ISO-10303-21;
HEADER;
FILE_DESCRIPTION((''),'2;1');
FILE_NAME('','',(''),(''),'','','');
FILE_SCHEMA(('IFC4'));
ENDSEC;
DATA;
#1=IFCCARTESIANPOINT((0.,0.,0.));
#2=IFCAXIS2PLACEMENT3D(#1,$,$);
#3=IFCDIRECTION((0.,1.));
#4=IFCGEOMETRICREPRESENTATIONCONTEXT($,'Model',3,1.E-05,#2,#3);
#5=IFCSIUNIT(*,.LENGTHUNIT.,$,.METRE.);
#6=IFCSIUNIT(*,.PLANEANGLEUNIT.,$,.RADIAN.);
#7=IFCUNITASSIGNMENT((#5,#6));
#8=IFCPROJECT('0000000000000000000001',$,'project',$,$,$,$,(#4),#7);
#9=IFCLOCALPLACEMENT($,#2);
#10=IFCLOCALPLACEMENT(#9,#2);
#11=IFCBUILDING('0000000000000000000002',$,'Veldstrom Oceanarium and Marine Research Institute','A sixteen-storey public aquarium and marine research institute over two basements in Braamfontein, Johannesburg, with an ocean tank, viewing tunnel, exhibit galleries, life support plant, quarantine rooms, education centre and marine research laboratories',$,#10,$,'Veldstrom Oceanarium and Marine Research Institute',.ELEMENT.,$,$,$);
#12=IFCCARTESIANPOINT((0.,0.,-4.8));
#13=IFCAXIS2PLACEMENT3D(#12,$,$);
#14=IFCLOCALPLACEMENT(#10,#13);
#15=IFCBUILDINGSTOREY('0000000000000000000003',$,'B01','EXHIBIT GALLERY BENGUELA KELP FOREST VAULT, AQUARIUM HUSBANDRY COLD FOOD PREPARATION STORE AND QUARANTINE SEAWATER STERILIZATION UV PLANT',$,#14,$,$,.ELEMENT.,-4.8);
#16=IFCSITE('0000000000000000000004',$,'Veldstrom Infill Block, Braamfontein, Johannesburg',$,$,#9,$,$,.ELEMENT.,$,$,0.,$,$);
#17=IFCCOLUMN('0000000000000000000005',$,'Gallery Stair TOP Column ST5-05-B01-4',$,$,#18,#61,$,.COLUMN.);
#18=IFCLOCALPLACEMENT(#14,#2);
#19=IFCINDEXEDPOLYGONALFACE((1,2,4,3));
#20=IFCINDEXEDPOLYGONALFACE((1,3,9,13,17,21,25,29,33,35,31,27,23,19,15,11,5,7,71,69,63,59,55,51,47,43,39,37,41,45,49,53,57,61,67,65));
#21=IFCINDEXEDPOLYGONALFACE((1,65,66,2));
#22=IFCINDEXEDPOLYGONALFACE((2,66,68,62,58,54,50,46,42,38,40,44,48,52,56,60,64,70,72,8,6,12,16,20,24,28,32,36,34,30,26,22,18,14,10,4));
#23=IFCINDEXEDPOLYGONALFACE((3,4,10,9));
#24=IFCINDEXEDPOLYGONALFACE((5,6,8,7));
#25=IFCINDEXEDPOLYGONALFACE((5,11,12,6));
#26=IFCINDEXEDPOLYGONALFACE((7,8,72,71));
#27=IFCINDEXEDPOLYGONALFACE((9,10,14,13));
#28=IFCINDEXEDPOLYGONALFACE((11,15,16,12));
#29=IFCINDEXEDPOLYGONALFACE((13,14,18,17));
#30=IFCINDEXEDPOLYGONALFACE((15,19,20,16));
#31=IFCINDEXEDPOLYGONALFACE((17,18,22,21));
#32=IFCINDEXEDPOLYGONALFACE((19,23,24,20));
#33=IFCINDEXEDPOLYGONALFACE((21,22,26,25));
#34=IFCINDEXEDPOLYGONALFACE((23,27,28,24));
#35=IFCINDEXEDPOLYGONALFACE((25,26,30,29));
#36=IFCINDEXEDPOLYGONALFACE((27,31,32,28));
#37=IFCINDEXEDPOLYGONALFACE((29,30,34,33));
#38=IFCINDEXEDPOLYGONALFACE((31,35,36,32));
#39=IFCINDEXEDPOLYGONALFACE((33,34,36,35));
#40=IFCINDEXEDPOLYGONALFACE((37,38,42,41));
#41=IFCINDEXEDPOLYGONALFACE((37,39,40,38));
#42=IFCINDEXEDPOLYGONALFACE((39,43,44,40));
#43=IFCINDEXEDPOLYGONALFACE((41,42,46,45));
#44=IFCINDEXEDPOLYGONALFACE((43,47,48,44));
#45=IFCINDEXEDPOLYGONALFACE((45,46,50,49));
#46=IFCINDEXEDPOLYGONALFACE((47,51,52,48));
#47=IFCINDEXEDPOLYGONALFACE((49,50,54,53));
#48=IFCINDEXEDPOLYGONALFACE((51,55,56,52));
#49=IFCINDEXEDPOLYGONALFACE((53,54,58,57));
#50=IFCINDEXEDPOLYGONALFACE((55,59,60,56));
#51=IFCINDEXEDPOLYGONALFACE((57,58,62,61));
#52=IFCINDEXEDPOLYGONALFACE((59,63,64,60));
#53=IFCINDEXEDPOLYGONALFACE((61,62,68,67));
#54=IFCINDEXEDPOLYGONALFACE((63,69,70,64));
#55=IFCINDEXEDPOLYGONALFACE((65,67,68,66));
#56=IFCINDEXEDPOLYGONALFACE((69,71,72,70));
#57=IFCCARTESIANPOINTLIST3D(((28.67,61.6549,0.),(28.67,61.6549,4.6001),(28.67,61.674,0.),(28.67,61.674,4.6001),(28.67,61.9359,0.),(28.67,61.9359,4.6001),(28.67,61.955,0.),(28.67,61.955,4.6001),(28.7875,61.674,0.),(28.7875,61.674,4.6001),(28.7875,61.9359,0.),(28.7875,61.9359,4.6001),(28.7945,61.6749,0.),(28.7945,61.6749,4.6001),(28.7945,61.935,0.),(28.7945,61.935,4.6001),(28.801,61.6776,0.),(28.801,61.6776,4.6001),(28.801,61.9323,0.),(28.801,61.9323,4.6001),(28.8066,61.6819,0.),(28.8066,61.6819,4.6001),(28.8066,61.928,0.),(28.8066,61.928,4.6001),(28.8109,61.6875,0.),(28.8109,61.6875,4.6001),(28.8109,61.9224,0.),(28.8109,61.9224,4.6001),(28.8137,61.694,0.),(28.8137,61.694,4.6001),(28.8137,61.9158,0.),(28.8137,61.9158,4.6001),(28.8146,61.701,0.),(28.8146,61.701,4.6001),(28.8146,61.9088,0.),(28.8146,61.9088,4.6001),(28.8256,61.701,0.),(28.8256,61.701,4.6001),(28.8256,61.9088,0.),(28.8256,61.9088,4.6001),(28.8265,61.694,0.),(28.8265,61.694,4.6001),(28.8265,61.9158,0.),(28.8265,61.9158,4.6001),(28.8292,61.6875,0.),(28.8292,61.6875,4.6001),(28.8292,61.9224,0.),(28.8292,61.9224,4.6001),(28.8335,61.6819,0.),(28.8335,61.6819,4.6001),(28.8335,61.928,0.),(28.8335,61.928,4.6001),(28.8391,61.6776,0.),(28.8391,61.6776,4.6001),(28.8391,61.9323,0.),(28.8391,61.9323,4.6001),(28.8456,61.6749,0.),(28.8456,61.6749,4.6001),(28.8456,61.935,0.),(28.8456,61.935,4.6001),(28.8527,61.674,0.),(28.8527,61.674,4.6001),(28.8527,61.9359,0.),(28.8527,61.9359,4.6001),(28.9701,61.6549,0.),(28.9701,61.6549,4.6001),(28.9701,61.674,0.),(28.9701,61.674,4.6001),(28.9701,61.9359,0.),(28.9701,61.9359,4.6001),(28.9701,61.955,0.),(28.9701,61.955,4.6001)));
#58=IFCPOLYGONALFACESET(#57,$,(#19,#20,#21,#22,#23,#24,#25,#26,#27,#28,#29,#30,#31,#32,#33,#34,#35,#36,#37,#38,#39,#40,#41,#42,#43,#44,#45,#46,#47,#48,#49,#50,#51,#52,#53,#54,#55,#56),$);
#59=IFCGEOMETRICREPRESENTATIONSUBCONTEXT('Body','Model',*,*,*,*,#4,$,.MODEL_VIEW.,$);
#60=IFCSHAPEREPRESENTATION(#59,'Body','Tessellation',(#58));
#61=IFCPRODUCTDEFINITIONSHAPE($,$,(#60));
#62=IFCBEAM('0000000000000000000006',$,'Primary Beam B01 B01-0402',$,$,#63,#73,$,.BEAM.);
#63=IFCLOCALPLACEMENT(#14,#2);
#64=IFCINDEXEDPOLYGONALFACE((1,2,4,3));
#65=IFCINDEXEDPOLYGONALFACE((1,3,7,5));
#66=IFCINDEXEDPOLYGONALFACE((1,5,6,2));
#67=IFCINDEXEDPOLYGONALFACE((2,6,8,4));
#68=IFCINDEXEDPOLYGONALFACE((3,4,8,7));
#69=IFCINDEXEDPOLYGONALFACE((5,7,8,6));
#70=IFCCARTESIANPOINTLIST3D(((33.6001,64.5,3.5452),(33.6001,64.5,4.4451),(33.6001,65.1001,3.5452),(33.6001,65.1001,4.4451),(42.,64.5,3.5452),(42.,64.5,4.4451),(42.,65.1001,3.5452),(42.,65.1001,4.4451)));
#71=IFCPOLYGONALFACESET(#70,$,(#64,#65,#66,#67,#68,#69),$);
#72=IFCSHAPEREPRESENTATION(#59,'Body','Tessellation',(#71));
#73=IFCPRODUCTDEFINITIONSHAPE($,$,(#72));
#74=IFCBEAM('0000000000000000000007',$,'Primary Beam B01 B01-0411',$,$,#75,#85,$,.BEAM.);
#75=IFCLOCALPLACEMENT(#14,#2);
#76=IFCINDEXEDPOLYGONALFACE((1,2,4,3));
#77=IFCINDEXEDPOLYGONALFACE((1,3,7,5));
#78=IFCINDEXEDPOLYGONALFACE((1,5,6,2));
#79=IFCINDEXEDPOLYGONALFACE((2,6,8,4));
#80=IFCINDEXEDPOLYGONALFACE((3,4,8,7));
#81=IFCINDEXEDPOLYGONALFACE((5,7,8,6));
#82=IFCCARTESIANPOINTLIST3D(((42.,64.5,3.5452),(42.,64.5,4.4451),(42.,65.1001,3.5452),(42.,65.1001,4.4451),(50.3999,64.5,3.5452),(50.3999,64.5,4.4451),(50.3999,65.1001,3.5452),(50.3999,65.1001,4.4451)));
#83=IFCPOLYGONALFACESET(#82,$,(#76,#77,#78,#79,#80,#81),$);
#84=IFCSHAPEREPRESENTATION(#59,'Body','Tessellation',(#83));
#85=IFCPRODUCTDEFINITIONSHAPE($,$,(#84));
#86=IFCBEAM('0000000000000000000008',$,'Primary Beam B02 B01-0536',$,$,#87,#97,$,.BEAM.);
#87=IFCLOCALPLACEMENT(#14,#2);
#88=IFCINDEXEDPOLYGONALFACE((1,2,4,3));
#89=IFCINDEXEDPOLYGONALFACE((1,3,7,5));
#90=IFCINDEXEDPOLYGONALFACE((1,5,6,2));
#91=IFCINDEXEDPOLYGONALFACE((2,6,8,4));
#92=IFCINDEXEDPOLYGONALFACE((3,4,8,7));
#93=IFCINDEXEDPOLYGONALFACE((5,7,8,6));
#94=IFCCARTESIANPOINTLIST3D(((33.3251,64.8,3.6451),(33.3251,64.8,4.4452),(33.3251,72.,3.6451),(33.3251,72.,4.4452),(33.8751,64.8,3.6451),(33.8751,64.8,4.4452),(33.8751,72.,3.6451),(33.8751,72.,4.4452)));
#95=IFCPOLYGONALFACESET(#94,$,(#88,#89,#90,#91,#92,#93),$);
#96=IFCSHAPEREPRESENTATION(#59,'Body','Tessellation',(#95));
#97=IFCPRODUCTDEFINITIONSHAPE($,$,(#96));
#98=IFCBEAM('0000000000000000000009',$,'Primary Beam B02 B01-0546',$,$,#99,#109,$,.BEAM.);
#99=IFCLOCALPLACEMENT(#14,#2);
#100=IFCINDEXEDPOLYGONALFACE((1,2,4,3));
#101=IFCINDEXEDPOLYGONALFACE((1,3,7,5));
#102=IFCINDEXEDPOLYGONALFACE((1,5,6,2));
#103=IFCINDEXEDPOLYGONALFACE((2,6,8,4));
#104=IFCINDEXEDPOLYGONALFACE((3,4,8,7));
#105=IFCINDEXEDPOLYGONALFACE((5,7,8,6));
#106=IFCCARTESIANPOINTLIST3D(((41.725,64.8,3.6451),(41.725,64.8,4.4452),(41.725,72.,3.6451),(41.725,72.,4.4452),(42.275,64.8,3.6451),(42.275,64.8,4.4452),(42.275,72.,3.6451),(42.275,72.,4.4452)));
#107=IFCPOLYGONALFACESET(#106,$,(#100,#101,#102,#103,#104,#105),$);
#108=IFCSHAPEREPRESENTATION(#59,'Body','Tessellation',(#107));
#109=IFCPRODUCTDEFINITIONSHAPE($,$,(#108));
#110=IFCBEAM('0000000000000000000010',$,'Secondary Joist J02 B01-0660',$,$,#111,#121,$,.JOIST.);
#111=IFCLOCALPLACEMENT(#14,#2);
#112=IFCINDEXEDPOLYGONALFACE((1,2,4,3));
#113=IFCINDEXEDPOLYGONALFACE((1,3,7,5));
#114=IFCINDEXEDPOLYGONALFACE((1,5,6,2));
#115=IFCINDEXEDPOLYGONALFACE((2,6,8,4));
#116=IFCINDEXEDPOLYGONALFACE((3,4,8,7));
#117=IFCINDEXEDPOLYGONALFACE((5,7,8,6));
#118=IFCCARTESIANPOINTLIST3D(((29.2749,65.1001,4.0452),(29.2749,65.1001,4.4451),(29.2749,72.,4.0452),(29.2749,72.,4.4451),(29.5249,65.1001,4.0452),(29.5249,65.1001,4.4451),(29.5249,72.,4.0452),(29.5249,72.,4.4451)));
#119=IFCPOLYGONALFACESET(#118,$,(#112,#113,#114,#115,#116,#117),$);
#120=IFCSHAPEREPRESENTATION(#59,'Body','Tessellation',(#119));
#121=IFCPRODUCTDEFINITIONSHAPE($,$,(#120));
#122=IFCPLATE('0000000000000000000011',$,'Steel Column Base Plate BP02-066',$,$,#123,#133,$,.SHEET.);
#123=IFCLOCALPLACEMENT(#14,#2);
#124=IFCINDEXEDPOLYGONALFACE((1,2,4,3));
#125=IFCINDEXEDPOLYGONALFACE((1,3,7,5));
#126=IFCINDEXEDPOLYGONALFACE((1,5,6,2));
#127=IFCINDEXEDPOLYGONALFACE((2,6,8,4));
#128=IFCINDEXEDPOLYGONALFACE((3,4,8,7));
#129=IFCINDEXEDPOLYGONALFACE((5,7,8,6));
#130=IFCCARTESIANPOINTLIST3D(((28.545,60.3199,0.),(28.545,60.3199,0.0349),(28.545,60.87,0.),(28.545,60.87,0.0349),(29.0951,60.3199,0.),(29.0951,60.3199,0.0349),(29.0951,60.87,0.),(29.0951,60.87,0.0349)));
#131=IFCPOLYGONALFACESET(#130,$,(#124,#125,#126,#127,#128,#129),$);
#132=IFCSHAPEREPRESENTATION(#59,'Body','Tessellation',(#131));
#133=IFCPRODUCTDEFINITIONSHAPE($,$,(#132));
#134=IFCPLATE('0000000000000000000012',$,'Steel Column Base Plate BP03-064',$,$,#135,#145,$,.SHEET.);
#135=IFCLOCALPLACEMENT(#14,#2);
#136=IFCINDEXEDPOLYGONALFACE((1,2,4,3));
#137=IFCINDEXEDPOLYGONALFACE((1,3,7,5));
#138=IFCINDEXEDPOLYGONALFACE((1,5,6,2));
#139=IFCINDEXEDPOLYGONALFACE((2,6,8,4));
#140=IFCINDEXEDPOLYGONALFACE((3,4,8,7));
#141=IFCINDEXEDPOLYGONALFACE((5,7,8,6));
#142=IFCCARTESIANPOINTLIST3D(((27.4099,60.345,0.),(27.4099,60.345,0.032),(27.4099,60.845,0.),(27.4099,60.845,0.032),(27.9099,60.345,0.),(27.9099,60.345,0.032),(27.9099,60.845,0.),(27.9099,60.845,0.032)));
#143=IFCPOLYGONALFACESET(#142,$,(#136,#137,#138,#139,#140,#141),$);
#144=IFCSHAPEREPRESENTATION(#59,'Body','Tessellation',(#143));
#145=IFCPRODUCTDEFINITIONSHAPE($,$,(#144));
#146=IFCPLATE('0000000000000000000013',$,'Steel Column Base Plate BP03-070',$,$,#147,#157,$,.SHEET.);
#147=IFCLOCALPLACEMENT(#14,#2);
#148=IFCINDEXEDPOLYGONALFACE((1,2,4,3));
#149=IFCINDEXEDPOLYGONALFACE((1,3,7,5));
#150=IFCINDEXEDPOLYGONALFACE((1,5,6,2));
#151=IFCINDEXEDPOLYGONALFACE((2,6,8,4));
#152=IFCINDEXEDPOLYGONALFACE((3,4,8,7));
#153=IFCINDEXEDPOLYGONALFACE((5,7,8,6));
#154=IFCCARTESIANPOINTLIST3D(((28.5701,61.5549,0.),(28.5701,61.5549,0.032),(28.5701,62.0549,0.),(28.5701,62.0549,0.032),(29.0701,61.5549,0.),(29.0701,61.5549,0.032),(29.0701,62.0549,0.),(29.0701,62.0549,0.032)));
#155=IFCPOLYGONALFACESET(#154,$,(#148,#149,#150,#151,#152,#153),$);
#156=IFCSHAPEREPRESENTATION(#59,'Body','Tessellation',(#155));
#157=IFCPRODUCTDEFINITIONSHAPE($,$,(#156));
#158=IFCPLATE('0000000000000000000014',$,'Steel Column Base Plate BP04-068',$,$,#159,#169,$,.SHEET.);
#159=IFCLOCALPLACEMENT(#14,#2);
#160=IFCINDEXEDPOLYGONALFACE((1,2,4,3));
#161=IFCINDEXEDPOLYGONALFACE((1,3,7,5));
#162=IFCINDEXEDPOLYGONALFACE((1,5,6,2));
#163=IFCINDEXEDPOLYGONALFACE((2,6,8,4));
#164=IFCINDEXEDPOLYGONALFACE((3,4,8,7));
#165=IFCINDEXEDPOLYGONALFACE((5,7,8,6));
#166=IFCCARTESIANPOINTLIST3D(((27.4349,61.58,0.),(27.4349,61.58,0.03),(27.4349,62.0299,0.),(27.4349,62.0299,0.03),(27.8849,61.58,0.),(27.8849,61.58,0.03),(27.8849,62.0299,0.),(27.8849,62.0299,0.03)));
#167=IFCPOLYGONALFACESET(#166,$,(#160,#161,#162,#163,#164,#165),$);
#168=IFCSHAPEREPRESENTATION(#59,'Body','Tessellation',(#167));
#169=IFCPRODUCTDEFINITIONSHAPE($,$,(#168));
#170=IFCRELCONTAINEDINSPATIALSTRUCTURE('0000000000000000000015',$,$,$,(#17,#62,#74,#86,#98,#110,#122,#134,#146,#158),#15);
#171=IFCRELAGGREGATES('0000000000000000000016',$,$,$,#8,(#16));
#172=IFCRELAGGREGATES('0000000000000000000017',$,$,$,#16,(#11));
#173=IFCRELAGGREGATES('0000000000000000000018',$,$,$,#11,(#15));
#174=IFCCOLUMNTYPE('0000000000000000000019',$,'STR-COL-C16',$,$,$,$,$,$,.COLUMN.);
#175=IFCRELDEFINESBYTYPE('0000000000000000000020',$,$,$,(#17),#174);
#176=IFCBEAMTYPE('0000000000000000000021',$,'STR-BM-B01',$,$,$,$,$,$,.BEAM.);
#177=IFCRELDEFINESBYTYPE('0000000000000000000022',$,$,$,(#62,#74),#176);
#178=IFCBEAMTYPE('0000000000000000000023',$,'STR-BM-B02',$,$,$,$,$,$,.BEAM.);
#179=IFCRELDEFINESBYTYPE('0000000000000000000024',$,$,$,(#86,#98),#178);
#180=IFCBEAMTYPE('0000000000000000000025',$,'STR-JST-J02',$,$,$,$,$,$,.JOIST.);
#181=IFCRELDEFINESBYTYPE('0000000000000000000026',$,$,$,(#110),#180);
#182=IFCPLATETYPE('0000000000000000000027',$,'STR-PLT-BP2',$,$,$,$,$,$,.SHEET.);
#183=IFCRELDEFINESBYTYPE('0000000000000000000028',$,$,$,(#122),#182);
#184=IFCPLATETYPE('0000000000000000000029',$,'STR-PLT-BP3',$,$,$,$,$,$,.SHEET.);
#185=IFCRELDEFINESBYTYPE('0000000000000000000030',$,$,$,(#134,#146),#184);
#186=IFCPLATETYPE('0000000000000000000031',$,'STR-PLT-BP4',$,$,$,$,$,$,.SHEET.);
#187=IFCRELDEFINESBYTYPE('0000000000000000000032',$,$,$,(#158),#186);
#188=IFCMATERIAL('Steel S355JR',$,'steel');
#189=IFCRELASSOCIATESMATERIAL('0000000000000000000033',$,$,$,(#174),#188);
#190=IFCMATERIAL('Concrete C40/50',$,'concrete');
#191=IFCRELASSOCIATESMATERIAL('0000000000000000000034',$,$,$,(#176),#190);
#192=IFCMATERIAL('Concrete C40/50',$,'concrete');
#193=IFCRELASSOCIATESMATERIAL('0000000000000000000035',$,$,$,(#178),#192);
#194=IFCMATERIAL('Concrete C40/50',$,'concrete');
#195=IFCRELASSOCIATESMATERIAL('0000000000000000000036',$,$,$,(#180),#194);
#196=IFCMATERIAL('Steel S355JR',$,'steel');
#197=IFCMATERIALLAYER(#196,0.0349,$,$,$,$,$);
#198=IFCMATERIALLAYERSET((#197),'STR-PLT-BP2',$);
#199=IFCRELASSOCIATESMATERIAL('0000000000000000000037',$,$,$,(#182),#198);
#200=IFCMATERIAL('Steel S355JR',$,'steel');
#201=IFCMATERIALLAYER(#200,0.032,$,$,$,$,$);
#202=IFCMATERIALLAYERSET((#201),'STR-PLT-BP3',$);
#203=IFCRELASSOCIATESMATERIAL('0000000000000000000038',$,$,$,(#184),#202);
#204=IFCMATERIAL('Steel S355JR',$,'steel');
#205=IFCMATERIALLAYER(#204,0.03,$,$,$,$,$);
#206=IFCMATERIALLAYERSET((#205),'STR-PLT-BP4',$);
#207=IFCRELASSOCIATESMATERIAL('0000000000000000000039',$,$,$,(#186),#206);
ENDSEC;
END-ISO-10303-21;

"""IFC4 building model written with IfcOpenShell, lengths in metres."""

from ifc_helpers import new_model, si_unit, direction, frame, origin, origin_2d, place, context, subcontext, project, spatial, rectangle, i_section, extrude, material, layer, layer_set, material_profile, profile_set, type_object, element, save


model = new_model("IFC4")

# Units and contexts
model_context = context("Model", 3, precision=1e-05, world=origin(), true_north=direction((0.0, 1.0)))
body_context = subcontext(model_context, "Body", "Model", "MODEL_VIEW")
ifc_project = project(units=[si_unit("LENGTHUNIT", "METRE"), si_unit("PLANEANGLEUNIT", "RADIAN")], contexts=[model_context])

# Site, building, storey
site_placement = place(None, origin())
site = spatial("IfcSite", under=ifc_project, at=site_placement, Name="Veldstrom Infill Block, Braamfontein, Johannesburg", CompositionType="ELEMENT", RefElevation=0.0)
building_placement = place(site_placement, origin())
building = spatial("IfcBuilding", under=site, at=building_placement, Name="Veldstrom Oceanarium and Marine Research Institute", Description="A sixteen-storey public aquarium and marine research institute over two basements in Braamfontein, Johannesburg, with an ocean tank, viewing tunnel, exhibit galleries, life support plant, quarantine rooms, education centre and marine research laboratories", LongName="Veldstrom Oceanarium and Marine Research Institute", CompositionType="ELEMENT")
storey_placement = place(building_placement, frame((0.0, 0.0, -4.8)))
storey = spatial("IfcBuildingStorey", under=building, at=storey_placement, Name="B01", Description="EXHIBIT GALLERY BENGUELA KELP FOREST VAULT, AQUARIUM HUSBANDRY COLD FOOD PREPARATION STORE AND QUARANTINE SEAWATER STERILIZATION UV PLANT", CompositionType="ELEMENT", Elevation=-4.8)

# Column
ifc_material_1 = material(Name="Steel S355JR", Category="steel")
ifc_material_profile_1 = material_profile(ifc_material_1, i_section(OverallWidth=0.3, OverallDepth=0.3, WebThickness=0.011, FlangeThickness=0.019, FilletRadius=0.0271, at=origin_2d()), Name="HEB 300")
ifc_profile_set_1 = profile_set([ifc_material_profile_1], Name="Steel S355JR")
column_type_1 = type_object("IfcColumnType", Name="STR-COL-C16", PredefinedType="COLUMN", material=ifc_profile_set_1)
for number, where, z_axis, x_axis, name in (
    (1, (28.8201, 61.8049, 0.0), (0.0, 0.0, 1.0), (1.0, 0.0, 0.0), "Gallery Stair TOP Column ST5-05-B01-4"),
):
    element("IfcColumn", number, at=place(storey_placement, frame(where, z_axis=z_axis, x_axis=x_axis)), inside=storey, type_object=column_type_1, Name=name, PredefinedType="COLUMN", context=body_context, shape_type="SweptSolid", body=[
        extrude(i_section(OverallWidth=0.3, OverallDepth=0.3, WebThickness=0.011, FlangeThickness=0.019, FilletRadius=0.0271, at=origin_2d()), origin(), (0.0, 0.0, 1.0), 4.6001),
    ])

# Beams
ifc_material_2 = material(Name="Concrete C40/50", Category="concrete")
ifc_material_profile_2 = material_profile(ifc_material_2, rectangle(XDim=0.6001, YDim=0.8999, at=origin_2d()), Name="RC-BM-600x900")
ifc_profile_set_2 = profile_set([ifc_material_profile_2], Name="Concrete C40/50")
beam_type_1 = type_object("IfcBeamType", Name="STR-BM-B01", PredefinedType="BEAM", material=ifc_profile_set_2)
for number, where, z_axis, x_axis, name in (
    (2, (33.6001, 64.8, 3.9951), (1.0, 0.0, 0.0), (0.0, 1.0, 0.0), "Primary Beam B01 B01-0402"),
    (3, (42.0, 64.8, 3.9951), (1.0, 0.0, 0.0), (0.0, 1.0, 0.0), "Primary Beam B01 B01-0411"),
):
    element("IfcBeam", number, at=place(storey_placement, frame(where, z_axis=z_axis, x_axis=x_axis)), inside=storey, type_object=beam_type_1, Name=name, PredefinedType="BEAM", context=body_context, shape_type="SweptSolid", body=[
        extrude(rectangle(XDim=0.6001, YDim=0.8999, at=origin_2d()), origin(), (0.0, 0.0, 1.0), 8.3999),
    ])
ifc_material_3 = material(Name="Concrete C40/50", Category="concrete")
ifc_material_profile_3 = material_profile(ifc_material_3, rectangle(XDim=0.55, YDim=0.8, at=origin_2d()), Name="RC-BM-550x800")
ifc_profile_set_3 = profile_set([ifc_material_profile_3], Name="Concrete C40/50")
beam_type_2 = type_object("IfcBeamType", Name="STR-BM-B02", PredefinedType="BEAM", material=ifc_profile_set_3)
for number, where, z_axis, x_axis, name in (
    (4, (33.6001, 64.8, 4.0452), (0.0, 1.0, 0.0), (-1.0, 0.0, 0.0), "Primary Beam B02 B01-0536"),
    (5, (42.0, 64.8, 4.0452), (0.0, 1.0, 0.0), (-1.0, 0.0, 0.0), "Primary Beam B02 B01-0546"),
):
    element("IfcBeam", number, at=place(storey_placement, frame(where, z_axis=z_axis, x_axis=x_axis)), inside=storey, type_object=beam_type_2, Name=name, PredefinedType="BEAM", context=body_context, shape_type="SweptSolid", body=[
        extrude(rectangle(XDim=0.55, YDim=0.8, at=origin_2d()), origin(), (0.0, 0.0, 1.0), 7.2),
    ])
ifc_material_4 = material(Name="Concrete C40/50", Category="concrete")
ifc_material_profile_4 = material_profile(ifc_material_4, rectangle(XDim=0.25, YDim=0.3999, at=origin_2d()), Name="RC-JST-250x400")
ifc_profile_set_4 = profile_set([ifc_material_profile_4], Name="Concrete C40/50")
beam_type_3 = type_object("IfcBeamType", Name="STR-JST-J02", PredefinedType="JOIST", material=ifc_profile_set_4)
beam_placement = place(storey_placement, frame((29.3999, 65.1001, 4.2451), z_axis=(0.0, 1.0, 0.0), x_axis=(-1.0, 0.0, 0.0)))
element("IfcBeam", 6, at=beam_placement, inside=storey, type_object=beam_type_3, Name="Secondary Joist J02 B01-0660", PredefinedType="JOIST", context=body_context, shape_type="SweptSolid", body=[
    extrude(rectangle(XDim=0.25, YDim=0.3999, at=origin_2d()), origin(), (0.0, 0.0, 1.0), 6.8999),
])

# Plates
ifc_material_5 = material(Name="Steel S355JR", Category="steel")
ifc_layer_1 = layer(ifc_material_5, 0.0349)
ifc_layer_set_1 = layer_set([ifc_layer_1], Name="STR-PLT-BP2")
plate_type_1 = type_object("IfcPlateType", Name="STR-PLT-BP2", PredefinedType="SHEET", material=ifc_layer_set_1)
plate_1_placement = place(storey_placement, frame((28.8201, 60.595, 0.0), z_axis=(0.0, 0.0, 1.0), x_axis=(1.0, 0.0, 0.0)))
element("IfcPlate", 7, at=plate_1_placement, inside=storey, type_object=plate_type_1, Name="Steel Column Base Plate BP02-066", PredefinedType="SHEET", context=body_context, shape_type="SweptSolid", body=[
    extrude(rectangle(XDim=0.55, YDim=0.55, at=origin_2d()), origin(), (0.0, 0.0, 1.0), 0.0349),
])
ifc_material_6 = material(Name="Steel S355JR", Category="steel")
ifc_layer_2 = layer(ifc_material_6, 0.032)
ifc_layer_set_2 = layer_set([ifc_layer_2], Name="STR-PLT-BP3")
plate_type_2 = type_object("IfcPlateType", Name="STR-PLT-BP3", PredefinedType="SHEET", material=ifc_layer_set_2)
for number, where, z_axis, x_axis, name in (
    (8, (27.6599, 60.595, 0.0), (0.0, 0.0, 1.0), (1.0, 0.0, 0.0), "Steel Column Base Plate BP03-064"),
    (9, (28.8201, 61.8049, 0.0), (0.0, 0.0, 1.0), (1.0, 0.0, 0.0), "Steel Column Base Plate BP03-070"),
):
    element("IfcPlate", number, at=place(storey_placement, frame(where, z_axis=z_axis, x_axis=x_axis)), inside=storey, type_object=plate_type_2, Name=name, PredefinedType="SHEET", context=body_context, shape_type="SweptSolid", body=[
        extrude(rectangle(XDim=0.5, YDim=0.5, at=origin_2d()), origin(), (0.0, 0.0, 1.0), 0.032),
    ])
ifc_material_7 = material(Name="Steel S355JR", Category="steel")
ifc_layer_3 = layer(ifc_material_7, 0.03)
ifc_layer_set_3 = layer_set([ifc_layer_3], Name="STR-PLT-BP4")
plate_type_3 = type_object("IfcPlateType", Name="STR-PLT-BP4", PredefinedType="SHEET", material=ifc_layer_set_3)
plate_2_placement = place(storey_placement, frame((27.6599, 61.8049, 0.0), z_axis=(0.0, 0.0, 1.0), x_axis=(1.0, 0.0, 0.0)))
element("IfcPlate", 10, at=plate_2_placement, inside=storey, type_object=plate_type_3, Name="Steel Column Base Plate BP04-068", PredefinedType="SHEET", context=body_context, shape_type="SweptSolid", body=[
    extrude(rectangle(XDim=0.45, YDim=0.45, at=origin_2d()), origin(), (0.0, 0.0, 1.0), 0.03),
])

save(model, "model.ifc")
